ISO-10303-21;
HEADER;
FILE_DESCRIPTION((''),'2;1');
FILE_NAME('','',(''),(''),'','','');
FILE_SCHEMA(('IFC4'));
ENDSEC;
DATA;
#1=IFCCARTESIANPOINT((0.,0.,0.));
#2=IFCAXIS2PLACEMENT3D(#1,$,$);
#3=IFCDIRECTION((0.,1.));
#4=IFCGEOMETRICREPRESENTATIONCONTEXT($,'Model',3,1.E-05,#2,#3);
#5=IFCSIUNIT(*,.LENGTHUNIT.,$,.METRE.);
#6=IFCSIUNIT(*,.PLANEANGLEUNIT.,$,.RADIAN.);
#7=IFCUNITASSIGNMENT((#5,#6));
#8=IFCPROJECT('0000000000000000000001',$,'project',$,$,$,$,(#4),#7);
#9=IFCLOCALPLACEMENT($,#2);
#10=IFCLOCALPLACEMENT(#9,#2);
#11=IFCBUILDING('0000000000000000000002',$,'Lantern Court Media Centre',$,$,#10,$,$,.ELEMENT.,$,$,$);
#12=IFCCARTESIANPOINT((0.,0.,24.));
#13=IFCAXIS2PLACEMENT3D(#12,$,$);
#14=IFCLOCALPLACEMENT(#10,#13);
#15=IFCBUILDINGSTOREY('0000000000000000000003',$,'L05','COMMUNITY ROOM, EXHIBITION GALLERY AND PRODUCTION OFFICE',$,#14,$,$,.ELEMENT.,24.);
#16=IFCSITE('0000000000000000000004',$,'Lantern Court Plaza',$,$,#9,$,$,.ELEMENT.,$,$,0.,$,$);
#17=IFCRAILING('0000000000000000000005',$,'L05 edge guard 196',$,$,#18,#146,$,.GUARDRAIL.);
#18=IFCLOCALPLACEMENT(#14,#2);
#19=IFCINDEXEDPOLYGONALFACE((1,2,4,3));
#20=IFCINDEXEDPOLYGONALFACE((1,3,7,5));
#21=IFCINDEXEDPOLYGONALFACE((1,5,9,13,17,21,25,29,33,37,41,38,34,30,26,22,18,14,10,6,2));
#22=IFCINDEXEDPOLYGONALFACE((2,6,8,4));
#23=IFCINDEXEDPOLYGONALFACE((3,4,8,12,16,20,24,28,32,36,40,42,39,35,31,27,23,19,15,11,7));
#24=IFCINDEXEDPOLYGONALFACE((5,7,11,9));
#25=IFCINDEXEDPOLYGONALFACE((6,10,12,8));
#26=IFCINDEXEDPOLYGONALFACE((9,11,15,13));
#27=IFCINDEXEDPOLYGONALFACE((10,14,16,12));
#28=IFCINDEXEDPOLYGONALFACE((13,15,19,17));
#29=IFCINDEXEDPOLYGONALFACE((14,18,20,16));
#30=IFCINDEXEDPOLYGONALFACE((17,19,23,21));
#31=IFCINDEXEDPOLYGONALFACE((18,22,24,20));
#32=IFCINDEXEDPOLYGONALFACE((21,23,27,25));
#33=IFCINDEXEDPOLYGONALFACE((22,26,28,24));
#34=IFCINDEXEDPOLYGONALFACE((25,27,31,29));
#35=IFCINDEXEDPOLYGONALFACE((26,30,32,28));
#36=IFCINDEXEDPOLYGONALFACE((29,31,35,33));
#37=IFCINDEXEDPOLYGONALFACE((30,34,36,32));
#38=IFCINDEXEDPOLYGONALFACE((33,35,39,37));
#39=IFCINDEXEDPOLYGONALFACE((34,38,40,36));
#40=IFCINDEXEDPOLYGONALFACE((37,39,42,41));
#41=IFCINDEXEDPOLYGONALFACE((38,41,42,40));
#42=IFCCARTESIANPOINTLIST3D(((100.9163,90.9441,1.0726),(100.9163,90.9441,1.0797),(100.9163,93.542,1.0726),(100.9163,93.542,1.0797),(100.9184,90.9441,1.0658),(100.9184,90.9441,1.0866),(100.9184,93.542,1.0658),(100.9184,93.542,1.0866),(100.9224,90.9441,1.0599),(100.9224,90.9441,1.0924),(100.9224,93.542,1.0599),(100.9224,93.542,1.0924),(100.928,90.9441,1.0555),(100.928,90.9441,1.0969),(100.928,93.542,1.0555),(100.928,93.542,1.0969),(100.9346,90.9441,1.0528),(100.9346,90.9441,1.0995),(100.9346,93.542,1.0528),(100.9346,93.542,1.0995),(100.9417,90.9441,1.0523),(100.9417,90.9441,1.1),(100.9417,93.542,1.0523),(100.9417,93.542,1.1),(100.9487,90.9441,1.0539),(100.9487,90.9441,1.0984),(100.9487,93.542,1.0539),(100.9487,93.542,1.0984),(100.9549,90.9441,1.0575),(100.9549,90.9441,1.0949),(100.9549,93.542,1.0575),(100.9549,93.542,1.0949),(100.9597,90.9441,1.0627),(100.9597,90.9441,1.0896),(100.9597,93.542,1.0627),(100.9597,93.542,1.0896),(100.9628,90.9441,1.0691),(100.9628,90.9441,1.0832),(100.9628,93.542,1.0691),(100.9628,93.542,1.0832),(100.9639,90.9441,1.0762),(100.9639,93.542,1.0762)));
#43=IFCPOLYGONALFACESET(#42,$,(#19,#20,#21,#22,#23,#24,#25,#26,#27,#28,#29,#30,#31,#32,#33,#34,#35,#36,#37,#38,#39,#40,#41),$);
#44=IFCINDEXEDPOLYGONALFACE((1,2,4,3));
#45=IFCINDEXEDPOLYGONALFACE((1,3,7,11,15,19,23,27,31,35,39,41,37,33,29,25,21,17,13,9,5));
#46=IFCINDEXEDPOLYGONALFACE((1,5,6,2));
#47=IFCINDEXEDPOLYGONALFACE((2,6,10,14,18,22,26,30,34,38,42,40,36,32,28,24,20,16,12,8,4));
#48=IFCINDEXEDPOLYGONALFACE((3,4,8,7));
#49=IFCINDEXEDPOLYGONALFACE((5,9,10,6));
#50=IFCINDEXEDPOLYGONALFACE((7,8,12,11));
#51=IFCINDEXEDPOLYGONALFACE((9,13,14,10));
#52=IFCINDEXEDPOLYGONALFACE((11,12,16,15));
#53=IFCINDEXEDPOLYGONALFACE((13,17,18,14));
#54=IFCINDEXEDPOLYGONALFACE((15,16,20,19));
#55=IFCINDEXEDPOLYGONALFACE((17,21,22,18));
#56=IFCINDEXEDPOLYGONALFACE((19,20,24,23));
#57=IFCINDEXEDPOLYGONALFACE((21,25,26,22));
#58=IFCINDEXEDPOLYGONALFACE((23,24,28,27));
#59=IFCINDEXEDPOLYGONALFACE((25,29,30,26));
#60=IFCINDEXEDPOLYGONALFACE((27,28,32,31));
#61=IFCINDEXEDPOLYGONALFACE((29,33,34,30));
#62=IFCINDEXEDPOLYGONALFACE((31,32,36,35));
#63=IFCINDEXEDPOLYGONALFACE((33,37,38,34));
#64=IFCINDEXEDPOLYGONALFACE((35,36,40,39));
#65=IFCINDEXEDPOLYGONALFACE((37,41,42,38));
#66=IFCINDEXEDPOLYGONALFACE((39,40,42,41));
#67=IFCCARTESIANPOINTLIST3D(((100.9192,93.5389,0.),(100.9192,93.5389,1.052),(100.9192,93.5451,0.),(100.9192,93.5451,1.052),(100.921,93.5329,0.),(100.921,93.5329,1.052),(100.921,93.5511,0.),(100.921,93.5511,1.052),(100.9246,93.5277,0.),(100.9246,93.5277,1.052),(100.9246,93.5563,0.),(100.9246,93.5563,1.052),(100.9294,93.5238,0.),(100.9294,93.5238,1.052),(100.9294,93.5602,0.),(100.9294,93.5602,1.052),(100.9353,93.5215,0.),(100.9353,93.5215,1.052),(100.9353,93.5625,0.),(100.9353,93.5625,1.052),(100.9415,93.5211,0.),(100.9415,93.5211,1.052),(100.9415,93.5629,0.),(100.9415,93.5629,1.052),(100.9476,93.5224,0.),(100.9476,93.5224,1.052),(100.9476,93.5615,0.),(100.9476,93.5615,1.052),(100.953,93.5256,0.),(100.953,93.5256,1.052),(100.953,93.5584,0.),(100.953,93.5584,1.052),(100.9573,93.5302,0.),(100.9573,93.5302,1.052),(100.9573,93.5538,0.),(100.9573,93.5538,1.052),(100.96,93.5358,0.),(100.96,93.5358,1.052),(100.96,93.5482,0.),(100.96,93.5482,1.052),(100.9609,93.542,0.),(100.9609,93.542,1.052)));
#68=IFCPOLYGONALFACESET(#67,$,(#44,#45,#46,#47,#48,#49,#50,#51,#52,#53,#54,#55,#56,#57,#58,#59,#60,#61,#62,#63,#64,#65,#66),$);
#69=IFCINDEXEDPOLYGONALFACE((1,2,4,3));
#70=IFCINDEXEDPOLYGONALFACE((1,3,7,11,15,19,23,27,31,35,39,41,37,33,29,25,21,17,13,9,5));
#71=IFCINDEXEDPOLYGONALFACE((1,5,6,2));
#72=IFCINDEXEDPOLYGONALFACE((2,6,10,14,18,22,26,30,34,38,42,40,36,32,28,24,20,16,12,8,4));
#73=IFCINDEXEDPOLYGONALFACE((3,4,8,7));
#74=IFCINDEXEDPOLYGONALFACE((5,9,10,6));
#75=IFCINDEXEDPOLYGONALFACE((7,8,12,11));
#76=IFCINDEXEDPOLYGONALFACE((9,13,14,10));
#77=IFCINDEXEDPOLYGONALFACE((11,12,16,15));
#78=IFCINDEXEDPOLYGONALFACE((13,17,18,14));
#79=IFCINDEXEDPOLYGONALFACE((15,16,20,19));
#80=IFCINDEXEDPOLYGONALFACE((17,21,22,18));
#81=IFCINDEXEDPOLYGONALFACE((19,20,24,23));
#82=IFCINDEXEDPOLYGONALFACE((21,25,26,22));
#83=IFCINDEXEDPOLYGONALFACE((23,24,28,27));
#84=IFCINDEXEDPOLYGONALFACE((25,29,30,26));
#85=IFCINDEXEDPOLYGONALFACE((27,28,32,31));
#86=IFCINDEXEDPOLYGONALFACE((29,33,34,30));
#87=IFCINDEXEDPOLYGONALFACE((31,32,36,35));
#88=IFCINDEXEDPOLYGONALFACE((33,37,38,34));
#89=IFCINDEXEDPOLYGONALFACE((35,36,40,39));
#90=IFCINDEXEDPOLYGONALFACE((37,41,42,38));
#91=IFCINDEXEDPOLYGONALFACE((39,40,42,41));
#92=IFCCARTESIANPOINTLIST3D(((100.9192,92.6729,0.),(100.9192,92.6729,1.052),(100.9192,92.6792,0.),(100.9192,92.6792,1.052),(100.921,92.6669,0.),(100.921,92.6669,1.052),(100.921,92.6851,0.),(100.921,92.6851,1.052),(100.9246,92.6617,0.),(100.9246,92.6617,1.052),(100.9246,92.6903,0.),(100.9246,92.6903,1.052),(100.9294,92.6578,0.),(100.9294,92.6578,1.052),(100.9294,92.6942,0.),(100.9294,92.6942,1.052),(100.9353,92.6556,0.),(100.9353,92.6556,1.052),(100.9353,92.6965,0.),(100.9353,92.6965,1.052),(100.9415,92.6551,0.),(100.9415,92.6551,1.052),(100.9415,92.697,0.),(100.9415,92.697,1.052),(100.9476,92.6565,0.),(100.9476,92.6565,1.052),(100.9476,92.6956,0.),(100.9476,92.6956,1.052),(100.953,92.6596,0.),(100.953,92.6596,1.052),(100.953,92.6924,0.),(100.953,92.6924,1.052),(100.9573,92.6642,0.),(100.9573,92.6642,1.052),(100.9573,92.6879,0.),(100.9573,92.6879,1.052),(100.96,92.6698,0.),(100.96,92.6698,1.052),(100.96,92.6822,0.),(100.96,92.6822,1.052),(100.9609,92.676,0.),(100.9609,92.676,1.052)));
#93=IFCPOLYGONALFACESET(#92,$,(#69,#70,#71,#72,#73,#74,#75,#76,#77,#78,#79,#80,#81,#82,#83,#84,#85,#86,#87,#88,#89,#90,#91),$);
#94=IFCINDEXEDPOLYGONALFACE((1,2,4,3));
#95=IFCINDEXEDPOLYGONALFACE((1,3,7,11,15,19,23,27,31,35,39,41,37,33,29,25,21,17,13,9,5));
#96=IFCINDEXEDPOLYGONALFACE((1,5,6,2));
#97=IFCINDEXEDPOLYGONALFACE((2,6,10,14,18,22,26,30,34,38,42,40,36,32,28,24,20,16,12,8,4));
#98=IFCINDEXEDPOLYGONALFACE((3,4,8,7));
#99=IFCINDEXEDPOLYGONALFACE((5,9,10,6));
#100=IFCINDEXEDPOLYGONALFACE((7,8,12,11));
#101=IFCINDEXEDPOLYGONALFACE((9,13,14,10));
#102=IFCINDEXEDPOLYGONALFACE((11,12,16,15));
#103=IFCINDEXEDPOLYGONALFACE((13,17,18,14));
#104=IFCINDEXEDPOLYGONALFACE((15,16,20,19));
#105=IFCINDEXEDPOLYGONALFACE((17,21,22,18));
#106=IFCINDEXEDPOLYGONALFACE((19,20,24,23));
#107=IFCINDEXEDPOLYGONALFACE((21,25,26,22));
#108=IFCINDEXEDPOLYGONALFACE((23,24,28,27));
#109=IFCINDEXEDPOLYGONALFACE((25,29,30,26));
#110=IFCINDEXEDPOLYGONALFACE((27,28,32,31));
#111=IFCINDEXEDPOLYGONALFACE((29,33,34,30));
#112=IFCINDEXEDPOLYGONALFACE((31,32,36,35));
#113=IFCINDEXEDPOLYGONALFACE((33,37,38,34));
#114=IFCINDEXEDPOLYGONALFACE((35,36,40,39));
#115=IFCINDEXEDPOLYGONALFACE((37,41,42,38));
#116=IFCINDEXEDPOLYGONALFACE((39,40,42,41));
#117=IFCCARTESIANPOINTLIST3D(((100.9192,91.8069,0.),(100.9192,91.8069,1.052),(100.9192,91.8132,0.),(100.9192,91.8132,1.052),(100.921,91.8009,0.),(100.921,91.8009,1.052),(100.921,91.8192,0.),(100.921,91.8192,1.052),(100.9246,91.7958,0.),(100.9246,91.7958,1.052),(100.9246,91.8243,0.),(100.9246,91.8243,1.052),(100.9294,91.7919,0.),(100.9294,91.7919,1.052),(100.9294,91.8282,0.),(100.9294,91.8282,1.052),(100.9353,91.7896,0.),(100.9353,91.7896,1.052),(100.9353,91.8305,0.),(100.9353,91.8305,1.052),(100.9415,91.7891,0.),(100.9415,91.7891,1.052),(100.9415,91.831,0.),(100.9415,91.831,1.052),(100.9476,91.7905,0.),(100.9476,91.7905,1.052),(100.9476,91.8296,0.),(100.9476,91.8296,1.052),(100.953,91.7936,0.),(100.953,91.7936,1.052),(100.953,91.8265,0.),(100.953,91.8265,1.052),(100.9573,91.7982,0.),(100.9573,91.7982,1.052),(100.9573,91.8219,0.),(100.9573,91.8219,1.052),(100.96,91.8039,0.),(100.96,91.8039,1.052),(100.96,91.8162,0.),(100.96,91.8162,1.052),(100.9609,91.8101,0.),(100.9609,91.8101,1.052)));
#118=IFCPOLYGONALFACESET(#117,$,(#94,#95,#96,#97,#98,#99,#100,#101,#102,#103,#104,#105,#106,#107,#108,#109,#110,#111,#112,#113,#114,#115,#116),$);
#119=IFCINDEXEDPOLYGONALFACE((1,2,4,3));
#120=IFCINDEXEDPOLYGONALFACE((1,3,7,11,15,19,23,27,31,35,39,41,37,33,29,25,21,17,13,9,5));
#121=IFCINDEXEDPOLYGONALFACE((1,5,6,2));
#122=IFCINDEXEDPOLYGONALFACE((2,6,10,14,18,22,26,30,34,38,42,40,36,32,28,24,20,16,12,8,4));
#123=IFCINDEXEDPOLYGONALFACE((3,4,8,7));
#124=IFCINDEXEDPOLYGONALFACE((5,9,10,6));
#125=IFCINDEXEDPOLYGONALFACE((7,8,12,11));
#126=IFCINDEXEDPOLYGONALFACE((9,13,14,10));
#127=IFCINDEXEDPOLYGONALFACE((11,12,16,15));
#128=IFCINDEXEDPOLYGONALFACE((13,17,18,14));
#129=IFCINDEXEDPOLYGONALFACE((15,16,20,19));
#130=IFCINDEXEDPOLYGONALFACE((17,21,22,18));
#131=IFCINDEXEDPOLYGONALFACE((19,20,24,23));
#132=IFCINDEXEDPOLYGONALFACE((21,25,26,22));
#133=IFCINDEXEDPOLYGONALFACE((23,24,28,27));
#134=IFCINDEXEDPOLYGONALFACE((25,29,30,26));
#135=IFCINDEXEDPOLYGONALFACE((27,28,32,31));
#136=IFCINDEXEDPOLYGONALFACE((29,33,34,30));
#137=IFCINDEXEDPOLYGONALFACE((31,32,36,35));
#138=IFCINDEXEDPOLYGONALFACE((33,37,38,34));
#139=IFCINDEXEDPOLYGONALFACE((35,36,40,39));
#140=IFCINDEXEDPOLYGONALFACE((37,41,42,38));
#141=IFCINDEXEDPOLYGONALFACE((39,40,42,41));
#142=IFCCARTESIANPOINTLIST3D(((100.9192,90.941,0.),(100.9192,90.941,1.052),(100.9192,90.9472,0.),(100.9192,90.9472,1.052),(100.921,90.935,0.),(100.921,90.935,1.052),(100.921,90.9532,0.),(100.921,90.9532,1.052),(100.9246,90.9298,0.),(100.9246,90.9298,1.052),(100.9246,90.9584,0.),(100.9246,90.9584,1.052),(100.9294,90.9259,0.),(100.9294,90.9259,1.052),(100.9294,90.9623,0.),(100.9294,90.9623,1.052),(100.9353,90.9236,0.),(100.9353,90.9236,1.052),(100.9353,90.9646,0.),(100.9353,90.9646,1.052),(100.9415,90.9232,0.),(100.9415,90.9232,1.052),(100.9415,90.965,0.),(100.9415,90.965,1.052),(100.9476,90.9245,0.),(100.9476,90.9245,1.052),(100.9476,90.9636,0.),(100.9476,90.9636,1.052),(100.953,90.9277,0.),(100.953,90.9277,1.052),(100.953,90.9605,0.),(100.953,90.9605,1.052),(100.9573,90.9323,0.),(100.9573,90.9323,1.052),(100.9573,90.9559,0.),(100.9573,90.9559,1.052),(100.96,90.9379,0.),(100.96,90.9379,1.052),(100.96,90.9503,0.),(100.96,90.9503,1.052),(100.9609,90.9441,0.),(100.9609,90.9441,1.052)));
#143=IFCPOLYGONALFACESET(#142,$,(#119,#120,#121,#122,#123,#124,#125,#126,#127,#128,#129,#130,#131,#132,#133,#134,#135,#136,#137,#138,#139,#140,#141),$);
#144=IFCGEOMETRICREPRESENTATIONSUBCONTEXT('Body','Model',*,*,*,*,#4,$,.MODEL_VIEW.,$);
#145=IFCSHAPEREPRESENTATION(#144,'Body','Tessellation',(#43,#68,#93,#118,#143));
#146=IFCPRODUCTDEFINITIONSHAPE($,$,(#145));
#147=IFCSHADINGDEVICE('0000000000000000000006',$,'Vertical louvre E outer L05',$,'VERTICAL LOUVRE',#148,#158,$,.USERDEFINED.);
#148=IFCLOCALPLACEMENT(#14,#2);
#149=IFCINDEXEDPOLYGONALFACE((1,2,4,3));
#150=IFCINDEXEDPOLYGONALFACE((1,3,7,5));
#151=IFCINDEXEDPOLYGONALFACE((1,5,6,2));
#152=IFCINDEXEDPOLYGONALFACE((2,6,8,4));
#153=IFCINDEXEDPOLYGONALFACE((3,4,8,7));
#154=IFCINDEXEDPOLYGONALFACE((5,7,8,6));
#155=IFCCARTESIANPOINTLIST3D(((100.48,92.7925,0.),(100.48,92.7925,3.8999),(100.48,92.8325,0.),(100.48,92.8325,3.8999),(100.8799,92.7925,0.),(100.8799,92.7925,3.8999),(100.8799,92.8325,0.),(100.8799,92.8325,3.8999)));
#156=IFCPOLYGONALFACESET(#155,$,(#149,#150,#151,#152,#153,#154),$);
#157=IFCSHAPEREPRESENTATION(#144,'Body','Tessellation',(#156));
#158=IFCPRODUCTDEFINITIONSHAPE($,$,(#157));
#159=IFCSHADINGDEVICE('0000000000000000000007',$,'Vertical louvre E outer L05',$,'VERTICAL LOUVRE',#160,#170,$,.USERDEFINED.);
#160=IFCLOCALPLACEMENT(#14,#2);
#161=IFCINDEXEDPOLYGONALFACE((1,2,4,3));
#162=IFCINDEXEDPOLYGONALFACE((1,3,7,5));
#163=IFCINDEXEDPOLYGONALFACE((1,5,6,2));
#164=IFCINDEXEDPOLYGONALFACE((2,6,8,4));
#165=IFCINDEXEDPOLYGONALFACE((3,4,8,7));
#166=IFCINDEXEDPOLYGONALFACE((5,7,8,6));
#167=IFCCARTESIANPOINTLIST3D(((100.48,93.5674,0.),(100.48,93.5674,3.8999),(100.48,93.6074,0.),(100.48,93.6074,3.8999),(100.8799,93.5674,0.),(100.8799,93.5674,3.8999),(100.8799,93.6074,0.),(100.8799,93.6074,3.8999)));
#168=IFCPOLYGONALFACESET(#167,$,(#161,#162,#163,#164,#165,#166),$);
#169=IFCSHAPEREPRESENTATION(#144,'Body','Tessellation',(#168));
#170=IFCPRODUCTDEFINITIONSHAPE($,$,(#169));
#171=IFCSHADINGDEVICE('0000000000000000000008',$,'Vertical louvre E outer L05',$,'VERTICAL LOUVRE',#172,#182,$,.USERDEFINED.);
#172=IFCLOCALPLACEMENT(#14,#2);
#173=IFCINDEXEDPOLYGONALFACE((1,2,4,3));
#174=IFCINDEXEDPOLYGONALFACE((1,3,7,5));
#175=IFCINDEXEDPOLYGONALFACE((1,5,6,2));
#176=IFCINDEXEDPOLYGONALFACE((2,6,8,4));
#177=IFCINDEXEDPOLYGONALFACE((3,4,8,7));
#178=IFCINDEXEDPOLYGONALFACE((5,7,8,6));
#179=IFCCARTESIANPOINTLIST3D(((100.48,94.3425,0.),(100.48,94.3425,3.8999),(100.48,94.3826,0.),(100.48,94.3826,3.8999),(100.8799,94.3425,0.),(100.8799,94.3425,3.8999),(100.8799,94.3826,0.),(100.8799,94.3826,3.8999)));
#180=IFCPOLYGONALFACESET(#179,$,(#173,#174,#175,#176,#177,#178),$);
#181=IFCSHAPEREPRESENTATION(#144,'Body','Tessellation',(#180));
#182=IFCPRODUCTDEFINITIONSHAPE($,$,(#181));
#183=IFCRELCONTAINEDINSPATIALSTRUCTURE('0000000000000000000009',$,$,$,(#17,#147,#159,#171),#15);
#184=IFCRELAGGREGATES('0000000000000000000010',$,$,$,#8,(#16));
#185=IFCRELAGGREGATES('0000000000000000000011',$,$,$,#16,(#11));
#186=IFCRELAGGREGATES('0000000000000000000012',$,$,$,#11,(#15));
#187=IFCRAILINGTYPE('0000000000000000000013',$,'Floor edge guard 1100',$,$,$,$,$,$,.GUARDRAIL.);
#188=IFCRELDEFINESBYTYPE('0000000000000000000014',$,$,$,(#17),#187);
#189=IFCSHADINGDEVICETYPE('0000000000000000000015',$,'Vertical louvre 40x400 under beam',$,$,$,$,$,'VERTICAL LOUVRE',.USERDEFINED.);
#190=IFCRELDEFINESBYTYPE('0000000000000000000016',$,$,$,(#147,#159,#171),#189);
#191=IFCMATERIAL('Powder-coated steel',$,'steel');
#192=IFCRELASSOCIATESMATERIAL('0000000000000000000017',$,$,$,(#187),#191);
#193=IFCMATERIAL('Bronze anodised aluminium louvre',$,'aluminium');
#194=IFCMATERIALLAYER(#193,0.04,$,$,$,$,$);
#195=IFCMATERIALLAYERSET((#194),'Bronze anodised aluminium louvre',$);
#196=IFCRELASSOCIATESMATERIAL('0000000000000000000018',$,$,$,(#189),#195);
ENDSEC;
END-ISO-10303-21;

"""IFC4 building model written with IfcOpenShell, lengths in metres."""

from ifc_helpers import new_model, si_unit, direction, frame, origin, origin_2d, place, context, subcontext, project, spatial, rectangle, circle, extrude, material, layer, layer_set, type_object, element, save


model = new_model("IFC4")

# Units and contexts
model_context = context("Model", 3, precision=1e-05, world=origin(), true_north=direction((0.0, 1.0)))
body_context = subcontext(model_context, "Body", "Model", "MODEL_VIEW")
ifc_project = project(units=[si_unit("LENGTHUNIT", "METRE"), si_unit("PLANEANGLEUNIT", "RADIAN")], contexts=[model_context])

# Site, building, storey
site_placement = place(None, origin())
site = spatial("IfcSite", under=ifc_project, at=site_placement, Name="Lantern Court Plaza", CompositionType="ELEMENT", RefElevation=0.0)
building_placement = place(site_placement, origin())
building = spatial("IfcBuilding", under=site, at=building_placement, Name="Lantern Court Media Centre", CompositionType="ELEMENT")
storey_placement = place(building_placement, frame((0.0, 0.0, 24.0)))
storey = spatial("IfcBuildingStorey", under=building, at=storey_placement, Name="L05", Description="COMMUNITY ROOM, EXHIBITION GALLERY AND PRODUCTION OFFICE", CompositionType="ELEMENT", Elevation=24.0)

# Railing
ifc_material_1 = material(Name="Powder-coated steel", Category="steel")
railing_type = type_object("IfcRailingType", Name="Floor edge guard 1100", PredefinedType="GUARDRAIL", material=ifc_material_1)
railing_1_placement = place(storey_placement, frame((100.9399, 93.542, 0.0)))
element("IfcRailing", 1, at=railing_1_placement, inside=storey, type_object=railing_type, Name="L05 edge guard 196", PredefinedType="GUARDRAIL", context=body_context, shape_type="SweptSolid", body=[
    extrude(circle(Radius=0.0239, at=origin_2d()), frame((0.0, 0.0, 1.0762), z_axis=(0.0, -1.0, 0.0), x_axis=(1.0, 0.0, 0.0)), (0.0, 0.0, 1.0), 2.5979),
    extrude(circle(Radius=0.021, at=origin_2d()), origin(), (0.0, 0.0, 1.0), 1.052),
    extrude(circle(Radius=0.021, at=origin_2d()), frame((0.0, -0.866, 0.0)), (0.0, 0.0, 1.0), 1.052),
    extrude(circle(Radius=0.021, at=origin_2d()), frame((0.0, -1.7319, 0.0)), (0.0, 0.0, 1.0), 1.052),
    extrude(circle(Radius=0.021, at=origin_2d()), frame((0.0, -2.5979, 0.0)), (0.0, 0.0, 1.0), 1.052),
])

# Shading devices
ifc_material_2 = material(Name="Bronze anodised aluminium louvre", Category="aluminium")
ifc_layer_1 = layer(ifc_material_2, 0.04)
ifc_layer_set_1 = layer_set([ifc_layer_1], Name="Bronze anodised aluminium louvre")
shading_device_type = type_object("IfcShadingDeviceType", Name="Vertical louvre 40x400 under beam", ElementType="VERTICAL LOUVRE", PredefinedType="USERDEFINED", material=ifc_layer_set_1)
for number, where, z_axis, x_axis, name in (
    (2, (100.6799, 92.8125, 0.0), (0.0, 0.0, 1.0), (1.0, 0.0, 0.0), "Vertical louvre E outer L05"),
    (3, (100.6799, 93.5874, 0.0), (0.0, 0.0, 1.0), (1.0, 0.0, 0.0), "Vertical louvre E outer L05"),
    (4, (100.6799, 94.3625, 0.0), (0.0, 0.0, 1.0), (1.0, 0.0, 0.0), "Vertical louvre E outer L05"),
):
    element("IfcShadingDevice", number, at=place(storey_placement, frame(where, z_axis=z_axis, x_axis=x_axis)), inside=storey, type_object=shading_device_type, Name=name, ObjectType="VERTICAL LOUVRE", PredefinedType="USERDEFINED", context=body_context, shape_type="SweptSolid", body=[
        extrude(rectangle(XDim=0.3999, YDim=0.04, at=origin_2d()), origin(), (0.0, 0.0, 1.0), 3.8999),
    ])

save(model, "model.ifc")
